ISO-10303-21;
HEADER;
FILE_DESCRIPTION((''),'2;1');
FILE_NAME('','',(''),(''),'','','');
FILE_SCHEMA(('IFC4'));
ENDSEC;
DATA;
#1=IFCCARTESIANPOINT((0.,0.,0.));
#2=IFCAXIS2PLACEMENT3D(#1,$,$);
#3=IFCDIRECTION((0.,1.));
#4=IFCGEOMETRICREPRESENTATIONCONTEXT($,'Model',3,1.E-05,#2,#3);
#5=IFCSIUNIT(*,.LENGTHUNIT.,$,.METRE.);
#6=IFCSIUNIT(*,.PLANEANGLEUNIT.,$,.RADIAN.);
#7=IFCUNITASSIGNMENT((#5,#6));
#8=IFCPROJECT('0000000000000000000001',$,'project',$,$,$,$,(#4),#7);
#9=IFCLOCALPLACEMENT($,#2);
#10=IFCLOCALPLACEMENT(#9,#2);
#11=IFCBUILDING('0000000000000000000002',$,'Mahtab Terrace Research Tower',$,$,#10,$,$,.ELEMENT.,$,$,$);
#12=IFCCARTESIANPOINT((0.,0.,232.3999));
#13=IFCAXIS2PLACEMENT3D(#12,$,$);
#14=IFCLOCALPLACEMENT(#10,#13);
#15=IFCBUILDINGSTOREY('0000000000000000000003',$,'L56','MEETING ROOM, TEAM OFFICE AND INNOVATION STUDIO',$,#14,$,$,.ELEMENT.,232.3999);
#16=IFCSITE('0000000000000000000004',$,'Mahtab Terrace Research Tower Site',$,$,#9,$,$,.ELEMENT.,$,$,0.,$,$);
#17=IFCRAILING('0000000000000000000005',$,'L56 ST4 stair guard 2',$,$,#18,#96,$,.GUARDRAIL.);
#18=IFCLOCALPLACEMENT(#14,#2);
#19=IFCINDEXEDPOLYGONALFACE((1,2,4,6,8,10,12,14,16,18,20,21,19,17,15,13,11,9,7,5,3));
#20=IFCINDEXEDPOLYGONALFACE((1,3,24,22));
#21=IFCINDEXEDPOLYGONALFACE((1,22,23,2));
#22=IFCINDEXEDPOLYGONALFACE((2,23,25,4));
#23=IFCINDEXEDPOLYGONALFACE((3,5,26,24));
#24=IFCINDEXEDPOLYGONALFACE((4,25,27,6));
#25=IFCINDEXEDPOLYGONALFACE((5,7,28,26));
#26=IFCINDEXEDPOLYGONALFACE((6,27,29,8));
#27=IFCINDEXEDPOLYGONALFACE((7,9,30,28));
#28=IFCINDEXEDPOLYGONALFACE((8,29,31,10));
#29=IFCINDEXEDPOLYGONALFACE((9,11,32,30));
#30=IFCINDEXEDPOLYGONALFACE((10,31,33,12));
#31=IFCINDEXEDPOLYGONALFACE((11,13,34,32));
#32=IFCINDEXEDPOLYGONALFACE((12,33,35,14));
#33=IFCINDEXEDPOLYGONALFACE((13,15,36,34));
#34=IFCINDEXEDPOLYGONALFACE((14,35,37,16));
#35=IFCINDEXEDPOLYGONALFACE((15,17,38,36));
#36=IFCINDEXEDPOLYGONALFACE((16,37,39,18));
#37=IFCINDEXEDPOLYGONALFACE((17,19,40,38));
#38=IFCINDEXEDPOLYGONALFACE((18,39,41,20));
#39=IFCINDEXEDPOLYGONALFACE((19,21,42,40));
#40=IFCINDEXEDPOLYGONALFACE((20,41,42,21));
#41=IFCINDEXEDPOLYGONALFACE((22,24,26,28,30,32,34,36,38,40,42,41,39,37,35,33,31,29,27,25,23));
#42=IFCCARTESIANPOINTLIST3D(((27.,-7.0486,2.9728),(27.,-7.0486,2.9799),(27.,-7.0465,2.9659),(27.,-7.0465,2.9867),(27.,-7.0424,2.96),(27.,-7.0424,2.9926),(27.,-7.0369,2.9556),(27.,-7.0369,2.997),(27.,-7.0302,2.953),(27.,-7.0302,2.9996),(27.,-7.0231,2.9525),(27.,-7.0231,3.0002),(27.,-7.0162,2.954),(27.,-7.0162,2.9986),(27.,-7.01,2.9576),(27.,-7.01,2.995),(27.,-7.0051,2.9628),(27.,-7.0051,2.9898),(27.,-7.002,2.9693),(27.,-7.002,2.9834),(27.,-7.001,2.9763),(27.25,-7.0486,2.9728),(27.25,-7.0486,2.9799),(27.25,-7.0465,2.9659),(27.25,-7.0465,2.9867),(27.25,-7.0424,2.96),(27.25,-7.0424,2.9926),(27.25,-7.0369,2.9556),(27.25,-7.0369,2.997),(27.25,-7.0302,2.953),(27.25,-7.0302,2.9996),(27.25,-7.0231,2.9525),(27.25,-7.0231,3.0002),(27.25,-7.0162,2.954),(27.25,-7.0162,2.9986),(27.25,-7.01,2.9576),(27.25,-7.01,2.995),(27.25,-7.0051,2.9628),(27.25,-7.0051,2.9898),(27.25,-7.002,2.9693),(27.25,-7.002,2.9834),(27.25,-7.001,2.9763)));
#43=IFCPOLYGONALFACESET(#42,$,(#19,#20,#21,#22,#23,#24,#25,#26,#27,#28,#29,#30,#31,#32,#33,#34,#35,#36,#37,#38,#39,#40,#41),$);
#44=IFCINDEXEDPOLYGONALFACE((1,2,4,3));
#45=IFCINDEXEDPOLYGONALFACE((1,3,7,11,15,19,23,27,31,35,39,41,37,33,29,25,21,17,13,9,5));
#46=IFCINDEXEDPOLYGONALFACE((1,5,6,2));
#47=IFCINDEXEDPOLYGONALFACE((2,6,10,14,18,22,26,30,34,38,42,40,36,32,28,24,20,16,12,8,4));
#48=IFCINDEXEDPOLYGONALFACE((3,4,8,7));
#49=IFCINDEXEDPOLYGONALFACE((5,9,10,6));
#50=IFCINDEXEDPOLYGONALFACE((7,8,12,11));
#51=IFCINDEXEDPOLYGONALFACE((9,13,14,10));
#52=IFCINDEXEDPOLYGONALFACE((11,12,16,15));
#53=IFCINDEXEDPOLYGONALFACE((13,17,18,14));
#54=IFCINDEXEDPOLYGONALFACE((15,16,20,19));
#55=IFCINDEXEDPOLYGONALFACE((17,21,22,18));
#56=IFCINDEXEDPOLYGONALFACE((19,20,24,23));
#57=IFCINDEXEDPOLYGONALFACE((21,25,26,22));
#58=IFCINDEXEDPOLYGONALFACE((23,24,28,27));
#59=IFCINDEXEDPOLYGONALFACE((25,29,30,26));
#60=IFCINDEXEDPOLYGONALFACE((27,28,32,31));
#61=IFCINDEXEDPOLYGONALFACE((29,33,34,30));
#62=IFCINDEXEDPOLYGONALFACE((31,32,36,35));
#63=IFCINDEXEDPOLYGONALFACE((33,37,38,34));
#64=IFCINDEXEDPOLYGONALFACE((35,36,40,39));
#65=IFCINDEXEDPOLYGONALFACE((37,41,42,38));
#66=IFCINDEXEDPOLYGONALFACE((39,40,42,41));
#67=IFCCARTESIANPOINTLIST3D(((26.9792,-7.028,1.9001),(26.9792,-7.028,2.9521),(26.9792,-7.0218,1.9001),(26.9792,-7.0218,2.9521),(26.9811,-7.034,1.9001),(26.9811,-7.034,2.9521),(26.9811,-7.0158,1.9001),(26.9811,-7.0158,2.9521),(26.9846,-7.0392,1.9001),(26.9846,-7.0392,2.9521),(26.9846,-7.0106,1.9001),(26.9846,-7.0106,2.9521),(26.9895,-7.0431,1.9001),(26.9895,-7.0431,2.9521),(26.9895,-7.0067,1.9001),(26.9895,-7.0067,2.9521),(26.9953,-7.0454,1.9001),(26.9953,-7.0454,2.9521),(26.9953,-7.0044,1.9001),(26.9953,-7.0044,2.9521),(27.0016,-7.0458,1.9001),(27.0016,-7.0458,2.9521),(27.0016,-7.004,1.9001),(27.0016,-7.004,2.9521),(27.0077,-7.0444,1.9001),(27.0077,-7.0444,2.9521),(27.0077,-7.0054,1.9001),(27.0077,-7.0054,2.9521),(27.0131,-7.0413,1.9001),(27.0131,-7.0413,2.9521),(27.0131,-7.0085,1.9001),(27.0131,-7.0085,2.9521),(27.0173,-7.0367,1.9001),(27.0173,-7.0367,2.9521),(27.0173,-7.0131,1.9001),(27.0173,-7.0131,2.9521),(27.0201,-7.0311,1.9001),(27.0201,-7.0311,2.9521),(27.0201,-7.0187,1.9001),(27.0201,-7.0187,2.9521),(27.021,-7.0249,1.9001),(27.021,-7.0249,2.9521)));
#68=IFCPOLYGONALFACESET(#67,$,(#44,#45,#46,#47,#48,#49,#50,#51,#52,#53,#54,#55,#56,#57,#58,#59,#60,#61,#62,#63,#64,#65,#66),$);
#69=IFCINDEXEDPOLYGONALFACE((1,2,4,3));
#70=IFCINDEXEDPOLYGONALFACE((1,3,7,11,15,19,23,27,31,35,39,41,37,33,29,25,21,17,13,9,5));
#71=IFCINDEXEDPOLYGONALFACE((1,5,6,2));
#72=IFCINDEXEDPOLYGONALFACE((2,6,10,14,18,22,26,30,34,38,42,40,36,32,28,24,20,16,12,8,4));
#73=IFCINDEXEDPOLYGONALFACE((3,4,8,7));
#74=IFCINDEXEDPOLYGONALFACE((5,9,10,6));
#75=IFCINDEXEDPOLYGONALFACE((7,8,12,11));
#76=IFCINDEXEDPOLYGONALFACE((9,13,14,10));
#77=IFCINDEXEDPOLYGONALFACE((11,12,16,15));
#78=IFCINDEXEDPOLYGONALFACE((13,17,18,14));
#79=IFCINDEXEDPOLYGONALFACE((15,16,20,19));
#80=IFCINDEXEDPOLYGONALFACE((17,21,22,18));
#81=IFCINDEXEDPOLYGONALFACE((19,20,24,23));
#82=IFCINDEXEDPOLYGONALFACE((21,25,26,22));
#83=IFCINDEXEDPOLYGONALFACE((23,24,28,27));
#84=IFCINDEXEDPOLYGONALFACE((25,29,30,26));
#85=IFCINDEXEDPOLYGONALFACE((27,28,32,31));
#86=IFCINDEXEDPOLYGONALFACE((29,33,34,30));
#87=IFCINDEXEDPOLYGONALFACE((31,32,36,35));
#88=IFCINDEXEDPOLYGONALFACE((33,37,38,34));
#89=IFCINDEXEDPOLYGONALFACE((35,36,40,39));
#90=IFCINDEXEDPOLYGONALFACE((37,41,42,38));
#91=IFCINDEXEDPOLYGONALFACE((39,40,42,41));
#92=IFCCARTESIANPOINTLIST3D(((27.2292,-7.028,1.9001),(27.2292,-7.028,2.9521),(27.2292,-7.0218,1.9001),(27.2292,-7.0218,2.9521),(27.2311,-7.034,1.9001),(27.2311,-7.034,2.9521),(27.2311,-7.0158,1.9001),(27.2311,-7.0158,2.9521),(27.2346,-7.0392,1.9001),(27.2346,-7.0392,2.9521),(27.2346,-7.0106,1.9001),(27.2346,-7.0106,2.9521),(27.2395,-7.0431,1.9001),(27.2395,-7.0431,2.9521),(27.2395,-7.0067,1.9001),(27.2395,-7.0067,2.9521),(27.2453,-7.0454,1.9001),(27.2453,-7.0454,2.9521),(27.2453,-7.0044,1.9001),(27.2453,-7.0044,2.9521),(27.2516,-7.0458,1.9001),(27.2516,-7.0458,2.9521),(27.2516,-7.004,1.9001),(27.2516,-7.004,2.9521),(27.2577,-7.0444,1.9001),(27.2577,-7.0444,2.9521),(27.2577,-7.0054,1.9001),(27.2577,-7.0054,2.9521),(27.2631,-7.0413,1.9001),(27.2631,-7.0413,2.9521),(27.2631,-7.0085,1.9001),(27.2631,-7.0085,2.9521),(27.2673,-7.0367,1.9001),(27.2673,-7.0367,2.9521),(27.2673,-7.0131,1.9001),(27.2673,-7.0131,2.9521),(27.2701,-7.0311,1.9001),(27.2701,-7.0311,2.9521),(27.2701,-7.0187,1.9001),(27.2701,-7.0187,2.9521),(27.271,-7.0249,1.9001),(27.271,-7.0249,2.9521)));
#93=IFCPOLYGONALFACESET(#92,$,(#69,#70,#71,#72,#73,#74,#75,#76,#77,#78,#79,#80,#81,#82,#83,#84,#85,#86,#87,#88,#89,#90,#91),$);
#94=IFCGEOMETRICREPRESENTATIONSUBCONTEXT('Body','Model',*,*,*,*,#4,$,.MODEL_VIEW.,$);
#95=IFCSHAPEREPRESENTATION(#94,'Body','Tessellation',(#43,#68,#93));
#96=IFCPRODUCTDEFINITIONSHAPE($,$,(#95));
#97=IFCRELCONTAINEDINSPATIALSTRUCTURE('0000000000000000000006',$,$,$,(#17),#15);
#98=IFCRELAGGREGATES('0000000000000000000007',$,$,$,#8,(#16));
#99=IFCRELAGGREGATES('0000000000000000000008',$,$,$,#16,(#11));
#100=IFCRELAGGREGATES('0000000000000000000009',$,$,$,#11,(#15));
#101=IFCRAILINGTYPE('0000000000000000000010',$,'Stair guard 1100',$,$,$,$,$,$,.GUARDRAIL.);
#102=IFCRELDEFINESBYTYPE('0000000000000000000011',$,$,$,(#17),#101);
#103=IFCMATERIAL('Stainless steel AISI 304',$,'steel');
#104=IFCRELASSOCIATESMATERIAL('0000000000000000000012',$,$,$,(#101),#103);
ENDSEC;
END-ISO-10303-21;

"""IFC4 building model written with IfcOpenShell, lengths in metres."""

from ifc_helpers import new_model, si_unit, direction, frame, origin, origin_2d, place, context, subcontext, project, spatial, circle, extrude, material, type_object, element, save


model = new_model("IFC4")

# Units and contexts
model_context = context("Model", 3, precision=1e-05, world=origin(), true_north=direction((0.0, 1.0)))
body_context = subcontext(model_context, "Body", "Model", "MODEL_VIEW")
ifc_project = project(units=[si_unit("LENGTHUNIT", "METRE"), si_unit("PLANEANGLEUNIT", "RADIAN")], contexts=[model_context])

# Site, building, storey
site_placement = place(None, origin())
site = spatial("IfcSite", under=ifc_project, at=site_placement, Name="Mahtab Terrace Research Tower Site", CompositionType="ELEMENT", RefElevation=0.0)
building_placement = place(site_placement, origin())
building = spatial("IfcBuilding", under=site, at=building_placement, Name="Mahtab Terrace Research Tower", CompositionType="ELEMENT")
storey_placement = place(building_placement, frame((0.0, 0.0, 232.3999)))
storey = spatial("IfcBuildingStorey", under=building, at=storey_placement, Name="L56", Description="MEETING ROOM, TEAM OFFICE AND INNOVATION STUDIO", CompositionType="ELEMENT", Elevation=232.3999)

# Shared definitions
ifc_material_1 = material(Name="Stainless steel AISI 304", Category="steel")

# Railing
railing_type_1 = type_object("IfcRailingType", Name="Stair guard 1100", PredefinedType="GUARDRAIL", material=ifc_material_1)
railing_1_placement = place(storey_placement, frame((27.0, -7.0249, 1.9001)))
element("IfcRailing", 1, at=railing_1_placement, inside=storey, type_object=railing_type_1, Name="L56 ST4 stair guard 2", PredefinedType="GUARDRAIL", context=body_context, shape_type="SweptSolid", body=[
    extrude(circle(Radius=0.0239, at=origin_2d()), frame((0.0, 0.0, 1.0762), z_axis=(1.0, 0.0, 0.0), x_axis=(0.0, 1.0, 0.0)), (0.0, 0.0, 1.0), 0.25),
    extrude(circle(Radius=0.021, at=origin_2d()), origin(), (0.0, 0.0, 1.0), 1.052),
    extrude(circle(Radius=0.021, at=origin_2d()), frame((0.25, 0.0, 0.0)), (0.0, 0.0, 1.0), 1.052),
])

save(model, "model.ifc")
